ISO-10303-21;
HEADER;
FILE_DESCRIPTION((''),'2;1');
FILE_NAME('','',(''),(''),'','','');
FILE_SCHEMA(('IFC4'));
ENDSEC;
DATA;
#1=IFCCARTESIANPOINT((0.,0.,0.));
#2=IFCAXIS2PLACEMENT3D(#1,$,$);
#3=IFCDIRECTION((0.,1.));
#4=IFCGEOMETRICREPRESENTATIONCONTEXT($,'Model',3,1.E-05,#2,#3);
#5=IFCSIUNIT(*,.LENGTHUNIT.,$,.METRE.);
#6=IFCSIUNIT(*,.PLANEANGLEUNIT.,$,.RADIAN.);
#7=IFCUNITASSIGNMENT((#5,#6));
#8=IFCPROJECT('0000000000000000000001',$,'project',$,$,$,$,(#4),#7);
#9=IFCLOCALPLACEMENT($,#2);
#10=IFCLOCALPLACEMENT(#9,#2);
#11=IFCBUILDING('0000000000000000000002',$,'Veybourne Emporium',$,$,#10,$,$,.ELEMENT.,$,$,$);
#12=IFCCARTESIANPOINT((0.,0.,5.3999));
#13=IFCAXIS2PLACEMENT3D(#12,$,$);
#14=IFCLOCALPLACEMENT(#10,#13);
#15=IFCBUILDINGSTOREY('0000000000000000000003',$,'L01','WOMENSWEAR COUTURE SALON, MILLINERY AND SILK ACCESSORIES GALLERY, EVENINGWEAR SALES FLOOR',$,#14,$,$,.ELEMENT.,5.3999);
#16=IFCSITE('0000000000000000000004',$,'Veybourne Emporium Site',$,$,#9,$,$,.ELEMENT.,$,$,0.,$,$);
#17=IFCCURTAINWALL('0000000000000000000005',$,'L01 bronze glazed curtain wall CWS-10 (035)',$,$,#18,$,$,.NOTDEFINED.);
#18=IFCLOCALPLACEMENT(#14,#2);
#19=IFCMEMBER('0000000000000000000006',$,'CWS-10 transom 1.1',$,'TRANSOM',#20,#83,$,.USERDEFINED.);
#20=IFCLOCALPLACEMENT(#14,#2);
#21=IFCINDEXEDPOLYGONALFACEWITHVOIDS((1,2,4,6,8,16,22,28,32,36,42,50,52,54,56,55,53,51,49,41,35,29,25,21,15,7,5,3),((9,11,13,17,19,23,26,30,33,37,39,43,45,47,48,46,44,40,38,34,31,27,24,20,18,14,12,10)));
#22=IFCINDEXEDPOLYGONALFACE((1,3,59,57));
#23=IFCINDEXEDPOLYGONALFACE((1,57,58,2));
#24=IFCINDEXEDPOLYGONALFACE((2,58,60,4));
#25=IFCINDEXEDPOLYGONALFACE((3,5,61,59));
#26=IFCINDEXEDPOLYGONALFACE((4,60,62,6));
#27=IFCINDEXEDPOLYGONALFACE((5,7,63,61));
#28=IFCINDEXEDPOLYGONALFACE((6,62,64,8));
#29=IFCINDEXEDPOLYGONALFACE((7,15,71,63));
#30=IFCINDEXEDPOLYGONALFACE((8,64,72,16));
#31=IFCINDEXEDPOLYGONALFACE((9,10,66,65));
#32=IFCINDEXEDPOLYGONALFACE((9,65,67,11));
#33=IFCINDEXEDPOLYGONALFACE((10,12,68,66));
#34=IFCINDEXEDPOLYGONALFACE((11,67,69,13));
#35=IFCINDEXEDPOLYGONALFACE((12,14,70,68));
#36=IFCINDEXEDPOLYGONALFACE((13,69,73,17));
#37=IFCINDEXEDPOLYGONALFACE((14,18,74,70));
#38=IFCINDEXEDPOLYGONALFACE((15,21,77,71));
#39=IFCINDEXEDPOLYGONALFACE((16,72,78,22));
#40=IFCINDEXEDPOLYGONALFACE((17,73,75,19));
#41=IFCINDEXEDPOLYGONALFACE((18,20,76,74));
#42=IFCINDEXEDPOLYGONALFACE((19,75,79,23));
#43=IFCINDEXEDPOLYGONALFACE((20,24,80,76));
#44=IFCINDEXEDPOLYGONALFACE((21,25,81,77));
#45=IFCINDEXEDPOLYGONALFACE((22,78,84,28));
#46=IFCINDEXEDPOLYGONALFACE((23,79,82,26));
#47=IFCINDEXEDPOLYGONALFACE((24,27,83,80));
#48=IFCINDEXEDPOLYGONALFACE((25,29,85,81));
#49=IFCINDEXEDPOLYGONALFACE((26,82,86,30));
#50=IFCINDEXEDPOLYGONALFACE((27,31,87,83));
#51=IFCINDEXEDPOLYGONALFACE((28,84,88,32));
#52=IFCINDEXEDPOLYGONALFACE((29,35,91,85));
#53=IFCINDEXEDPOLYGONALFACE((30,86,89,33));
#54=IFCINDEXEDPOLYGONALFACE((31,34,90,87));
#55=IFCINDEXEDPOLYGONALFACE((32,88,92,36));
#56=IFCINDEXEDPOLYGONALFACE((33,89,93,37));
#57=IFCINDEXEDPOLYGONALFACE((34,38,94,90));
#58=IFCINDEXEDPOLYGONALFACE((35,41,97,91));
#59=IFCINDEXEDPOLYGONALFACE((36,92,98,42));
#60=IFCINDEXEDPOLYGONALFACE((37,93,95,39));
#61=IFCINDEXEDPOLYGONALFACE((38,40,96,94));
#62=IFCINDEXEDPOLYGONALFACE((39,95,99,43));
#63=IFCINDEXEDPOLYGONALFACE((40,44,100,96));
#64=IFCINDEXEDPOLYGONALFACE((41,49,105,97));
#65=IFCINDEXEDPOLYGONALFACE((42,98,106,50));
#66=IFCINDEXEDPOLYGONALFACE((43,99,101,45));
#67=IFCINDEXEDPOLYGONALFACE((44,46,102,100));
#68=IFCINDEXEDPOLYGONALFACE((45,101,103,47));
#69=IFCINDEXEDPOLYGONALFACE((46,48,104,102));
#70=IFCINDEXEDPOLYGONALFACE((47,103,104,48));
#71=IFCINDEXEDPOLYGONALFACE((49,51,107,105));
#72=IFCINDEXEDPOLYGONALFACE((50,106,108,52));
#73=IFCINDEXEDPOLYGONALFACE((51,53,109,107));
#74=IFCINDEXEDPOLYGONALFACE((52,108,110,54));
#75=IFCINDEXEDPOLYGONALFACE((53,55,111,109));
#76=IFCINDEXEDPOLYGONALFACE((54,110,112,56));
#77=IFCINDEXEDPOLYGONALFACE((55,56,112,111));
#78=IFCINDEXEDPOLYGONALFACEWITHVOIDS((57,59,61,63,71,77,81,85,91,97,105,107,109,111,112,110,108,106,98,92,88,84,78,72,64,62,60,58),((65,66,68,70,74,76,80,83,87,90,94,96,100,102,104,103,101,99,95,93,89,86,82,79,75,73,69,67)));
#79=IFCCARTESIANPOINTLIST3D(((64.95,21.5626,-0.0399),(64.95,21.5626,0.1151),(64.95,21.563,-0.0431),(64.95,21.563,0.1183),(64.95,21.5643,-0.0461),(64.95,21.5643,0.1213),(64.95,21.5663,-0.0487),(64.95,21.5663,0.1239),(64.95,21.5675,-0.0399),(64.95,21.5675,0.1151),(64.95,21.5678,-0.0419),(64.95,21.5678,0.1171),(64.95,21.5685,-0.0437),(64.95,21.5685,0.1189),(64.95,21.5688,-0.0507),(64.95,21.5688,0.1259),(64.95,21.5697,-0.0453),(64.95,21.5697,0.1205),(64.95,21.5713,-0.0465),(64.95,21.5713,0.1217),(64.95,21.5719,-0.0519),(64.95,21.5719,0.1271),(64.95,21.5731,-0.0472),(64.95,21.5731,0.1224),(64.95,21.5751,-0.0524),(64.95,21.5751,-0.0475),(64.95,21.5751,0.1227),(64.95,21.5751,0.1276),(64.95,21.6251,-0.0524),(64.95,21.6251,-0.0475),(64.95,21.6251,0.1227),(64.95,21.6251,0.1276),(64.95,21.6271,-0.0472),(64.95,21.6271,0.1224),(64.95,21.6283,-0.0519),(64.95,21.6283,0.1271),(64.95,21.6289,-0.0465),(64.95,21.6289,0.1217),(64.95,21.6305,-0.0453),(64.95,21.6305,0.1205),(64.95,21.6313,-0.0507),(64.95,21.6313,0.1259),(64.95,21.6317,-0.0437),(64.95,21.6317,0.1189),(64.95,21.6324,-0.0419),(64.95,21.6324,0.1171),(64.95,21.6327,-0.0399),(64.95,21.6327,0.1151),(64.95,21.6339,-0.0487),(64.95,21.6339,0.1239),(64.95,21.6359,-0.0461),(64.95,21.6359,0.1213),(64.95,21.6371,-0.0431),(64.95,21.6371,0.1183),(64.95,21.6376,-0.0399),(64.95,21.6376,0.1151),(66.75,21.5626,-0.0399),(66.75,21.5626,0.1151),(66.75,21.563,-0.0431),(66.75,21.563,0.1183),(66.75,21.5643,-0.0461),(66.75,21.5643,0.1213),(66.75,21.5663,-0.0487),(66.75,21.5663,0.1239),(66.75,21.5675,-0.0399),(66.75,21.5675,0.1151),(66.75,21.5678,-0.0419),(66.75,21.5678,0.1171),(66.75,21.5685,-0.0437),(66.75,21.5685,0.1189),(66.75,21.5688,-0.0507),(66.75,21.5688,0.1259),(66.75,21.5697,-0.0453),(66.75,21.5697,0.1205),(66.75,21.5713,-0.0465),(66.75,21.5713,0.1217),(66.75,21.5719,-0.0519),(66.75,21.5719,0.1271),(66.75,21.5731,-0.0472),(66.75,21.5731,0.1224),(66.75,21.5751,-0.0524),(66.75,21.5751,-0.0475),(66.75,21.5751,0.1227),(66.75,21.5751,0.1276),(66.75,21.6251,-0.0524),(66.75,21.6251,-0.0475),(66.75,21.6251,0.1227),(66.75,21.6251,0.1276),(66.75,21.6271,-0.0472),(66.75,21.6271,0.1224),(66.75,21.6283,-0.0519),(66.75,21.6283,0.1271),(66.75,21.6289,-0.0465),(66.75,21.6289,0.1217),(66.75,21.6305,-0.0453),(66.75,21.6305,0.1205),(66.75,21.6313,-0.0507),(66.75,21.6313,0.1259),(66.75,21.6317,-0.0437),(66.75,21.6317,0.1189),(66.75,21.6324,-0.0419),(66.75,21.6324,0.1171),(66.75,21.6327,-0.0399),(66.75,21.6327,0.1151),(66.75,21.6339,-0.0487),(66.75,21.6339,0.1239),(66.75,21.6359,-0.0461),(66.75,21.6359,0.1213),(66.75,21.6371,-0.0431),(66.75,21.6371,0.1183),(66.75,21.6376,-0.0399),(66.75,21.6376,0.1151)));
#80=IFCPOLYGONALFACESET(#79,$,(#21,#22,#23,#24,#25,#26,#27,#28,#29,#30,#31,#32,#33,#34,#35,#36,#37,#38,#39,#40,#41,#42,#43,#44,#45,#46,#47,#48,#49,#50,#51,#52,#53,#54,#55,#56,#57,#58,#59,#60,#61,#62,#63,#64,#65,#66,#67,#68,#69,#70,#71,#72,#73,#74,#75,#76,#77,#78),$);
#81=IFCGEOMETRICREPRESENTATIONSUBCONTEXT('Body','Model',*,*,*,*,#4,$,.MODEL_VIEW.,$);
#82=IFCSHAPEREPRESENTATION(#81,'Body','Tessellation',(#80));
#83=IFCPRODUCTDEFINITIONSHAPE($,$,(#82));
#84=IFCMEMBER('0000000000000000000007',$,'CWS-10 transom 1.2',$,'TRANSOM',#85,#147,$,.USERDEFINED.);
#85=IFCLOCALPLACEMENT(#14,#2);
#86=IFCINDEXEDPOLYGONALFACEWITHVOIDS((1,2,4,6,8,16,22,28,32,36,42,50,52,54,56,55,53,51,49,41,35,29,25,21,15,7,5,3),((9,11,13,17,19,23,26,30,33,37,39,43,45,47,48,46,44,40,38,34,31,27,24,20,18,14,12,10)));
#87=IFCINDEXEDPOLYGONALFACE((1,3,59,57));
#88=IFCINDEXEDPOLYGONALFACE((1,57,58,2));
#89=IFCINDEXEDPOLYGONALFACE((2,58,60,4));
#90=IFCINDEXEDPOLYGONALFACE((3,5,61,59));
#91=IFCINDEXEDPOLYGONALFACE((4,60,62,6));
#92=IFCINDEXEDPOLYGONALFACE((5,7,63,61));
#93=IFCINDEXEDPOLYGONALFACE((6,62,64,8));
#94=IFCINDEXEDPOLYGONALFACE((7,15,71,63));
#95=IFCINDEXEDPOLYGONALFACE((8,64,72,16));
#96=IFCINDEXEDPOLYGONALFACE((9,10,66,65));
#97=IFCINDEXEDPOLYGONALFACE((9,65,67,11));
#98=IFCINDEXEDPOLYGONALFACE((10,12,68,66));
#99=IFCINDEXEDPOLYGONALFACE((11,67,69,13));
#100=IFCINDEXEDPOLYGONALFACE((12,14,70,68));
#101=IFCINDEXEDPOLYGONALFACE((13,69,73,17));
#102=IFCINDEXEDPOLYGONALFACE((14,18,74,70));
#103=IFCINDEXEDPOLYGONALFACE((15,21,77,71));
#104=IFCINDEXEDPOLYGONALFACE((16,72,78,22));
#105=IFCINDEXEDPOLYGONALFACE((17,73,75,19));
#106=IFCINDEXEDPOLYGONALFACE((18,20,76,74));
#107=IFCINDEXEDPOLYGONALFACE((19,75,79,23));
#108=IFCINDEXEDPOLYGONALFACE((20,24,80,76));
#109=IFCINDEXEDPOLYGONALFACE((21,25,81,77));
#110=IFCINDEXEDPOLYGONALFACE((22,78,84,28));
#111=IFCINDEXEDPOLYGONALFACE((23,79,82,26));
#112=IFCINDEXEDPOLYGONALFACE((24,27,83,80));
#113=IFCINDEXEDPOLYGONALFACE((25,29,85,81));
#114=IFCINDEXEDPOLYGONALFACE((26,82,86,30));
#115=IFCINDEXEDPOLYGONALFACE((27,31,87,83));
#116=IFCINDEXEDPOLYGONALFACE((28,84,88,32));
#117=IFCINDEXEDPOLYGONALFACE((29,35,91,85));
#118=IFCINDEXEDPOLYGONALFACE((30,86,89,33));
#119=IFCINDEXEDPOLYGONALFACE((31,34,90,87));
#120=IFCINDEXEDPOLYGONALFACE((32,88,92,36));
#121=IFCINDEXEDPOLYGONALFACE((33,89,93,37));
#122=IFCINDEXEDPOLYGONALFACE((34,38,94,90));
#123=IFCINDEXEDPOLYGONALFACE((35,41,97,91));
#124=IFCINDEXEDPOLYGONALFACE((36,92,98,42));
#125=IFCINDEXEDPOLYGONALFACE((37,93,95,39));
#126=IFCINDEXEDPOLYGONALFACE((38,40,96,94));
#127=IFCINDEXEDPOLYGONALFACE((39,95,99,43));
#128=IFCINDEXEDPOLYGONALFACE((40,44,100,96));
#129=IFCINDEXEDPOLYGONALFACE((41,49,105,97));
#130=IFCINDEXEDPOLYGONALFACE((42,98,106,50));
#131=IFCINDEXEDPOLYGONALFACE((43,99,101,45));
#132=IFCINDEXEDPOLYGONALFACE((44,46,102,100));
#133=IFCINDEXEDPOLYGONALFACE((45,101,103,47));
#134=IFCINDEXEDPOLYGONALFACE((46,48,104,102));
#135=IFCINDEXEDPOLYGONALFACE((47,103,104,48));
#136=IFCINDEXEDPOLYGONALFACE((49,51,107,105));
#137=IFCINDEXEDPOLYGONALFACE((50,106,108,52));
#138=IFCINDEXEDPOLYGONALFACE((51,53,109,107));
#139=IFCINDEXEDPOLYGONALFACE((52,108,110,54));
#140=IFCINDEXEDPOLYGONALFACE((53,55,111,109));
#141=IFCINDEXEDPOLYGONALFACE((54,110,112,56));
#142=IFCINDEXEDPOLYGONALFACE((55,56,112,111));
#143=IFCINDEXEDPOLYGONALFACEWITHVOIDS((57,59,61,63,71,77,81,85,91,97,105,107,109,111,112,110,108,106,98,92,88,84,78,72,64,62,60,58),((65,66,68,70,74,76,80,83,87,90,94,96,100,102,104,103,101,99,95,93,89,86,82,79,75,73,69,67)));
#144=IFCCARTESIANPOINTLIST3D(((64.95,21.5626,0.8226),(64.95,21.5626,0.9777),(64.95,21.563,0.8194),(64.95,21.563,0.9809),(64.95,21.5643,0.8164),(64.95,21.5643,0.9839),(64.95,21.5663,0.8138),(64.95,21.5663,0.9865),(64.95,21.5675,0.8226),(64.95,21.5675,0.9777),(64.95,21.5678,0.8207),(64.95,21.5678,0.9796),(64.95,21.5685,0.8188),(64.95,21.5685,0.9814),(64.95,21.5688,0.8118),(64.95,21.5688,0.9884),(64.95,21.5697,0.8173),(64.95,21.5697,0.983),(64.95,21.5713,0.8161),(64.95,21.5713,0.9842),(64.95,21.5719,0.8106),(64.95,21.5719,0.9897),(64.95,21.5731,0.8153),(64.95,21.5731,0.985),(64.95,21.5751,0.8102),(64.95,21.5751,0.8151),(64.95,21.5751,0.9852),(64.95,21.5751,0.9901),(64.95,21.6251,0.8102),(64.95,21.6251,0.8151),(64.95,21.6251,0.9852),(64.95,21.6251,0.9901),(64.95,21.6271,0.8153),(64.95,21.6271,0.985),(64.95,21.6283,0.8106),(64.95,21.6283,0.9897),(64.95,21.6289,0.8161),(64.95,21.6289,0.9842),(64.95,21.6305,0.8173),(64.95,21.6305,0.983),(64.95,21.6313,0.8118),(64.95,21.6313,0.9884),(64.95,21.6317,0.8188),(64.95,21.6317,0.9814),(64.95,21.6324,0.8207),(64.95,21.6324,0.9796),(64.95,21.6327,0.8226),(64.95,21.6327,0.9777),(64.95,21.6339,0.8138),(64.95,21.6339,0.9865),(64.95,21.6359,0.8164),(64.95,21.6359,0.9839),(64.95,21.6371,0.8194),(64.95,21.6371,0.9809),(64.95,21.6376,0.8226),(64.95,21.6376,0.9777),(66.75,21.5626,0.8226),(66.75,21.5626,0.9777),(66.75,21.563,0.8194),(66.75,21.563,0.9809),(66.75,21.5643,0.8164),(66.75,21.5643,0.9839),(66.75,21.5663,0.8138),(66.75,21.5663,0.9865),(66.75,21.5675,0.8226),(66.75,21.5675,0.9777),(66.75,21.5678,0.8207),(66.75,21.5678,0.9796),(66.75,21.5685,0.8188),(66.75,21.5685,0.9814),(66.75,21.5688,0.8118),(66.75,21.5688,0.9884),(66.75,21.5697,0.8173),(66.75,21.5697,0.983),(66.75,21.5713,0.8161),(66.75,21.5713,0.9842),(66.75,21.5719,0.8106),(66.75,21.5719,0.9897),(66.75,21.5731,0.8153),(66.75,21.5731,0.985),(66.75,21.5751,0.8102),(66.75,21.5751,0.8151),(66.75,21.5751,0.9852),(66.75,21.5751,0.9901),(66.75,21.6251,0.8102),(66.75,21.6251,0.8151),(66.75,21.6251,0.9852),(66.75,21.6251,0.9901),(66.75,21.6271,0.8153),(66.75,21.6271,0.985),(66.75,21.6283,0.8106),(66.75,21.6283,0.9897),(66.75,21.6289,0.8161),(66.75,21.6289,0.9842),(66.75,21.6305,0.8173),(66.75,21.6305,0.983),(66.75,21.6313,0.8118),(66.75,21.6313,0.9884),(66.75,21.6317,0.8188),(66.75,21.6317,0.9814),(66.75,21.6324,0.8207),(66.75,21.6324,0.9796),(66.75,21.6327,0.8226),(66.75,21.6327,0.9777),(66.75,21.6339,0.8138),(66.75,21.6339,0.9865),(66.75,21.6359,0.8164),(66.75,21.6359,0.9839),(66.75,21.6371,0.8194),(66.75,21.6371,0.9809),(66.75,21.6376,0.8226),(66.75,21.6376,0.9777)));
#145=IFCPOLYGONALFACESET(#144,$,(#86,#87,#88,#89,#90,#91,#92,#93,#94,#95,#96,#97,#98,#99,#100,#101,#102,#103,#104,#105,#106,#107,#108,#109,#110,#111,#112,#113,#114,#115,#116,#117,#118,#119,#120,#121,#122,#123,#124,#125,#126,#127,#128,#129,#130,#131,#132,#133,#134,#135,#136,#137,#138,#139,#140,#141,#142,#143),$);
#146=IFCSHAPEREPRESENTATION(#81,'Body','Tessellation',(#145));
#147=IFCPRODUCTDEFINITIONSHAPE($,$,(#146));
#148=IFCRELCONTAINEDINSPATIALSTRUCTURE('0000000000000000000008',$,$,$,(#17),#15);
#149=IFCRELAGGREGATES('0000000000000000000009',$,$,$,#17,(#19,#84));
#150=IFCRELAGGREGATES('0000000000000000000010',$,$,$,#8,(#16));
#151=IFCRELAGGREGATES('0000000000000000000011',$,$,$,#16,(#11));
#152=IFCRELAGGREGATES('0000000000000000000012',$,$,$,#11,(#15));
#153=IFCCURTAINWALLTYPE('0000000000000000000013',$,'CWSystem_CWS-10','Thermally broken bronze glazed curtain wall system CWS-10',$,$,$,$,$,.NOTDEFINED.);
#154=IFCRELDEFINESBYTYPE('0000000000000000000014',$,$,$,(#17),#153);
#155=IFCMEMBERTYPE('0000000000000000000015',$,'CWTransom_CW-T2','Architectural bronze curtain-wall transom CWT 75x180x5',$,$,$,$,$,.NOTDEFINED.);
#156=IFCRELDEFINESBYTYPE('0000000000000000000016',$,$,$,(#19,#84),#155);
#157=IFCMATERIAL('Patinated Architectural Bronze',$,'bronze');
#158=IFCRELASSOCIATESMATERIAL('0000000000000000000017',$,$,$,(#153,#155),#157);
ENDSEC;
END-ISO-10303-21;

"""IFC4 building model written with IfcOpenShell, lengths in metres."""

from ifc_helpers import new_model, si_unit, direction, frame, origin, origin_2d, place, context, subcontext, project, spatial, hollow_rectangle, extrude, material, material_profile, profile_set, type_object, element, aggregate, save


model = new_model("IFC4")

# Units and contexts
model_context = context("Model", 3, precision=1e-05, world=origin(), true_north=direction((0.0, 1.0)))
body_context = subcontext(model_context, "Body", "Model", "MODEL_VIEW")
ifc_project = project(units=[si_unit("LENGTHUNIT", "METRE"), si_unit("PLANEANGLEUNIT", "RADIAN")], contexts=[model_context])

# Site, building, storey
site_placement = place(None, origin())
site = spatial("IfcSite", under=ifc_project, at=site_placement, Name="Veybourne Emporium Site", CompositionType="ELEMENT", RefElevation=0.0)
building_placement = place(site_placement, origin())
building = spatial("IfcBuilding", under=site, at=building_placement, Name="Veybourne Emporium", CompositionType="ELEMENT")
storey_placement = place(building_placement, frame((0.0, 0.0, 5.3999)))
storey = spatial("IfcBuildingStorey", under=building, at=storey_placement, Name="L01", Description="WOMENSWEAR COUTURE SALON, MILLINERY AND SILK ACCESSORIES GALLERY, EVENINGWEAR SALES FLOOR", CompositionType="ELEMENT", Elevation=5.3999)

# Curtain wall
ifc_material_1 = material(Name="Patinated Architectural Bronze", Category="bronze")
curtain_wall_type_1 = type_object("IfcCurtainWallType", Name="CWSystem_CWS-10", Description="Thermally broken bronze glazed curtain wall system CWS-10", PredefinedType="NOTDEFINED", material=ifc_material_1)
curtain_wall_1_placement = place(storey_placement, origin())
curtain_wall_1 = element("IfcCurtainWall", 1, at=curtain_wall_1_placement, inside=storey, type_object=curtain_wall_type_1, Name="L01 bronze glazed curtain wall CWS-10 (035)", PredefinedType="NOTDEFINED")

# Members
ifc_material_profile_1 = material_profile(ifc_material_1, hollow_rectangle(XDim=0.075, YDim=0.1799, WallThickness=0.0049, InnerFilletRadius=0.0076, OuterFilletRadius=0.0125, at=origin_2d()), Name="CWT 75x180x5")
ifc_profile_set_1 = profile_set([ifc_material_profile_1], Name="Patinated Architectural Bronze")
member_type_1 = type_object("IfcMemberType", Name="CWTransom_CW-T2", Description="Architectural bronze curtain-wall transom CWT 75x180x5", PredefinedType="NOTDEFINED", material=ifc_profile_set_1)
member_1_placement = place(storey_placement, frame((66.75, 21.6001, 0.0376), z_axis=(-1.0, 0.0, 0.0), x_axis=(0.0, -1.0, 0.0)))
member_1 = element("IfcMember", 2, at=member_1_placement, type_object=member_type_1, Name="CWS-10 transom 1.1", ObjectType="TRANSOM", PredefinedType="USERDEFINED", context=body_context, shape_type="SweptSolid", body=[
    extrude(hollow_rectangle(XDim=0.075, YDim=0.1799, WallThickness=0.0049, InnerFilletRadius=0.0076, OuterFilletRadius=0.0125, at=origin_2d()), origin(), (0.0, 0.0, 1.0), 1.8),
])
member_2_placement = place(storey_placement, frame((66.75, 21.6001, 0.9001), z_axis=(-1.0, 0.0, 0.0), x_axis=(0.0, -1.0, 0.0)))
member_2 = element("IfcMember", 3, at=member_2_placement, type_object=member_type_1, Name="CWS-10 transom 1.2", ObjectType="TRANSOM", PredefinedType="USERDEFINED", context=body_context, shape_type="SweptSolid", body=[
    extrude(hollow_rectangle(XDim=0.075, YDim=0.1799, WallThickness=0.0049, InnerFilletRadius=0.0076, OuterFilletRadius=0.0125, at=origin_2d()), origin(), (0.0, 0.0, 1.0), 1.8),
])

aggregate(curtain_wall_1, [member_1, member_2])

save(model, "model.ifc")
